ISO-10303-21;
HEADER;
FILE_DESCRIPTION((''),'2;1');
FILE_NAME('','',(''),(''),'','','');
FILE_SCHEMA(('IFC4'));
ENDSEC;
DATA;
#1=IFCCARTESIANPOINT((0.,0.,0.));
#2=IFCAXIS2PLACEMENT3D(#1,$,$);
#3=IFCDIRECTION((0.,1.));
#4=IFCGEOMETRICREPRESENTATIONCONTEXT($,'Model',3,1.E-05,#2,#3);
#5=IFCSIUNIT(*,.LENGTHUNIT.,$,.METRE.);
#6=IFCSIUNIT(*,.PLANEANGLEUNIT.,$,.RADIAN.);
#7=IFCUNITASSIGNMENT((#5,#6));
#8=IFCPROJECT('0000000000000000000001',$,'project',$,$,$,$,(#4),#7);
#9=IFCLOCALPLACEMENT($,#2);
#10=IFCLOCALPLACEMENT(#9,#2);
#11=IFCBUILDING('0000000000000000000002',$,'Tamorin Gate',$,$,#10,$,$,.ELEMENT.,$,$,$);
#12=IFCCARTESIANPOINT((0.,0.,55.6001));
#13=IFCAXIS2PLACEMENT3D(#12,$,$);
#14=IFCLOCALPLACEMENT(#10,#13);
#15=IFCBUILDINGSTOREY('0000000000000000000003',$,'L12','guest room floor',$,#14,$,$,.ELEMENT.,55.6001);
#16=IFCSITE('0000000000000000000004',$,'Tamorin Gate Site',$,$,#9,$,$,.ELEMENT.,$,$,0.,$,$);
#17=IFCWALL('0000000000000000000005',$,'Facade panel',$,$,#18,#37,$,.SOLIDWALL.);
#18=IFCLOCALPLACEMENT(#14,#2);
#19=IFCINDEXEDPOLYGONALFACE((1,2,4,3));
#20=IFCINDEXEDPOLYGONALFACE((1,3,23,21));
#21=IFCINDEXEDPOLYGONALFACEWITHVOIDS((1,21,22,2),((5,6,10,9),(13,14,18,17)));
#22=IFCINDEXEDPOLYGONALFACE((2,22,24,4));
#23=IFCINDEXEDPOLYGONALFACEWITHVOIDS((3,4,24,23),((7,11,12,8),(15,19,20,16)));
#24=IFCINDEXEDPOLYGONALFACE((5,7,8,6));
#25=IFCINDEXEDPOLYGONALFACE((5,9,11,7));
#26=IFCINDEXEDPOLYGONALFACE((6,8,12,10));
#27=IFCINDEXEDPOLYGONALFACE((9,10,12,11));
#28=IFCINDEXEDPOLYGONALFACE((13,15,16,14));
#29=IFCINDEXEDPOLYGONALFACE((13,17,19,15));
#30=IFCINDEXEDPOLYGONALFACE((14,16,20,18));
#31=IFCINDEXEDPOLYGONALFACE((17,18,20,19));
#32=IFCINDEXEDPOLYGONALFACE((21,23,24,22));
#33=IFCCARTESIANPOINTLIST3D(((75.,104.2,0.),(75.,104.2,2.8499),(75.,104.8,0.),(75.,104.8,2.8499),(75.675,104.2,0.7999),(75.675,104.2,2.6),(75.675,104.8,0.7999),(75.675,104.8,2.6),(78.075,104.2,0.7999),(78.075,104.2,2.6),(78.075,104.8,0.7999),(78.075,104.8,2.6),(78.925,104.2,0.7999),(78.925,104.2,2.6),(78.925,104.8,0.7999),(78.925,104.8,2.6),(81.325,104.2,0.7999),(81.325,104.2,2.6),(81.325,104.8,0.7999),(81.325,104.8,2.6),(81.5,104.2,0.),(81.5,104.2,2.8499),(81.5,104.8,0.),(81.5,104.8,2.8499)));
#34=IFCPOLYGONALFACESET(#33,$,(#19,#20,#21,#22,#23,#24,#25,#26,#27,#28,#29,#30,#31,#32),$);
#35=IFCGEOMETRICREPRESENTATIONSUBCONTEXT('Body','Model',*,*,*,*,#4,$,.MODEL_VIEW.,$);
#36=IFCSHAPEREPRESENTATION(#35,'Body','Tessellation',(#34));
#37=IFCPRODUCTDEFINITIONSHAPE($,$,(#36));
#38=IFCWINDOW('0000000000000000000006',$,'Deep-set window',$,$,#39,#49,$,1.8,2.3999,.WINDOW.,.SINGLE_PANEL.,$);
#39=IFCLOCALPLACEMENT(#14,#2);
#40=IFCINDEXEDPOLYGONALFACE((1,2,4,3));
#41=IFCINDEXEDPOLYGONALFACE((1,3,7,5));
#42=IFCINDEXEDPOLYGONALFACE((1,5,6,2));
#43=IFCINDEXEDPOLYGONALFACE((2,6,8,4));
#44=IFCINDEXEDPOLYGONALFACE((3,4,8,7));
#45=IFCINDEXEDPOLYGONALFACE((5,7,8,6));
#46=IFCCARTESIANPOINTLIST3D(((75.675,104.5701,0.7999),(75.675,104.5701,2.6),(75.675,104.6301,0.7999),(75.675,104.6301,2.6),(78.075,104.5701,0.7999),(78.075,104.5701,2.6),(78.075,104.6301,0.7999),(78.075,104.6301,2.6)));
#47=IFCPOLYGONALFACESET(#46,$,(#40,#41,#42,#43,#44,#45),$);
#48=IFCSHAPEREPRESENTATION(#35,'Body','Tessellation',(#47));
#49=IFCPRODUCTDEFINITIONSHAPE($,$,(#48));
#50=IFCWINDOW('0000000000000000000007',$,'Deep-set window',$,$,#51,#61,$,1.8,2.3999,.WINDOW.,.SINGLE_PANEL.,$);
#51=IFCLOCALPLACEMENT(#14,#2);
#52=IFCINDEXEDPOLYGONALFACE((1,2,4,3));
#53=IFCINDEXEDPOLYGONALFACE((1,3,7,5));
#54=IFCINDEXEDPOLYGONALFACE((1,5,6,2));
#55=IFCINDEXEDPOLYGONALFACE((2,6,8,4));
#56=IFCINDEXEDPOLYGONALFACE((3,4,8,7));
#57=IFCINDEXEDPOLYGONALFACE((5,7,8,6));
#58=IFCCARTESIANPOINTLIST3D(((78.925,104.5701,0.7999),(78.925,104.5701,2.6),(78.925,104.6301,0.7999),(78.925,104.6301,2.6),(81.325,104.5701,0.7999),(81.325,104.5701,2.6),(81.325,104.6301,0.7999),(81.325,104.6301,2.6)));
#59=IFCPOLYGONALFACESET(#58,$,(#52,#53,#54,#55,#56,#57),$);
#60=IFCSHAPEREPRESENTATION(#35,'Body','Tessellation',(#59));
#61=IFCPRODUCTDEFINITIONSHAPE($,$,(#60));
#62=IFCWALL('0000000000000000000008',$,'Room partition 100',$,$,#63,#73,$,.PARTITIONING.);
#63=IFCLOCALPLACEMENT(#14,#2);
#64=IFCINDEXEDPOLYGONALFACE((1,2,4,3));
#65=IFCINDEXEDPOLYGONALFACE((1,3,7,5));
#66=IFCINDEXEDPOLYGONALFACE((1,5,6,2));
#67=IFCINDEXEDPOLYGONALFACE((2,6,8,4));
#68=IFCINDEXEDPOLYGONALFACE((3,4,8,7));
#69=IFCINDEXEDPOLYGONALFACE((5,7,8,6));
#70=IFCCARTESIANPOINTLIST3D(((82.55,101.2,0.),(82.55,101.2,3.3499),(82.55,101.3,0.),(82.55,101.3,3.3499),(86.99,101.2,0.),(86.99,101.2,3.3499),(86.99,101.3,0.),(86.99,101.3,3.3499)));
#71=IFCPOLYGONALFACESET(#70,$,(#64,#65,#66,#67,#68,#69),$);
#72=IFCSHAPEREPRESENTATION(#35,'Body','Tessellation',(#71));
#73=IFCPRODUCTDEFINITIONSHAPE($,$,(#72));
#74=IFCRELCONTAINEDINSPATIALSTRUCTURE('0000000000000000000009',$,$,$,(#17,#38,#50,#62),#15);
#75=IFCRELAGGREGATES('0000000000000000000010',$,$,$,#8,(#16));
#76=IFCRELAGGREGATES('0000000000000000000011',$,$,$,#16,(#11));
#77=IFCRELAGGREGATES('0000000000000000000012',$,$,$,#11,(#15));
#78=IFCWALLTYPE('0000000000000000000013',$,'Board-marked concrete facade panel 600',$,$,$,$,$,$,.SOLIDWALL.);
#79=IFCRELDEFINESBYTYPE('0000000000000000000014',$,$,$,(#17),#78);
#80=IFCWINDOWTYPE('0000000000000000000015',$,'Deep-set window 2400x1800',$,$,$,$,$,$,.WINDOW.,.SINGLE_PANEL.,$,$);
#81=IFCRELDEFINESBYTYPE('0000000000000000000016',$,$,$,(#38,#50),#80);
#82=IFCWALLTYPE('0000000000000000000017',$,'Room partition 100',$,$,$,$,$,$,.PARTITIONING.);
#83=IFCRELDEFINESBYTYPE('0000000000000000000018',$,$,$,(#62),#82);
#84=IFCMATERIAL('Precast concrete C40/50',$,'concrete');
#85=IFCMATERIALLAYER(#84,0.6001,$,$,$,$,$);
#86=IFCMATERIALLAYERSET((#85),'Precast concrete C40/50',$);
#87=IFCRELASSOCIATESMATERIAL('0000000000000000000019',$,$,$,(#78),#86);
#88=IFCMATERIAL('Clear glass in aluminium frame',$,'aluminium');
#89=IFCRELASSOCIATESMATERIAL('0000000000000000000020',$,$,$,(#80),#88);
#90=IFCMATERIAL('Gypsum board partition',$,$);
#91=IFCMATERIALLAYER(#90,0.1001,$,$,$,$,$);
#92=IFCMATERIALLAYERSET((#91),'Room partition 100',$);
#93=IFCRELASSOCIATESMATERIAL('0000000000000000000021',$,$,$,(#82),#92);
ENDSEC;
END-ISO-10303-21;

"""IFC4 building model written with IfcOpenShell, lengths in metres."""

from ifc_helpers import new_model, si_unit, direction, frame, frame_2d, origin, place, context, subcontext, project, spatial, rectangle, extrude, material, layer, layer_set, type_object, element, fill, save


model = new_model("IFC4")

# Units and contexts
model_context = context("Model", 3, precision=1e-05, world=origin(), true_north=direction((0.0, 1.0)))
body_context = subcontext(model_context, "Body", "Model", "MODEL_VIEW")
ifc_project = project(units=[si_unit("LENGTHUNIT", "METRE"), si_unit("PLANEANGLEUNIT", "RADIAN")], contexts=[model_context])

# Site, building, storey
site_placement = place(None, origin())
site = spatial("IfcSite", under=ifc_project, at=site_placement, Name="Tamorin Gate Site", CompositionType="ELEMENT", RefElevation=0.0)
building_placement = place(site_placement, origin())
building = spatial("IfcBuilding", under=site, at=building_placement, Name="Tamorin Gate", CompositionType="ELEMENT")
storey_placement = place(building_placement, frame((0.0, 0.0, 55.6001)))
storey = spatial("IfcBuildingStorey", under=building, at=storey_placement, Name="L12", Description="guest room floor", CompositionType="ELEMENT", Elevation=55.6001)

# Shared definitions
ifc_material_1 = material(Name="Precast concrete C40/50", Category="concrete")
ifc_layer_1 = layer(ifc_material_1, 0.6001)
ifc_layer_set_1 = layer_set([ifc_layer_1], Name="Precast concrete C40/50")
wall_type_1 = type_object("IfcWallType", Name="Board-marked concrete facade panel 600", PredefinedType="SOLIDWALL", material=ifc_layer_set_1)
ifc_material_2 = material(Name="Clear glass in aluminium frame", Category="aluminium")
window_type = type_object("IfcWindowType", Name="Deep-set window 2400x1800", PartitioningType="SINGLE_PANEL", PredefinedType="WINDOW", material=ifc_material_2)

# Wall, openings, windows
wall_1_placement = place(storey_placement, frame((81.5, 104.5, 0.0), z_axis=(0.0, 0.0, 1.0), x_axis=(-1.0, 0.0, 0.0)))
wall_1 = element("IfcWall", 1, at=wall_1_placement, inside=storey, type_object=wall_type_1, Name="Facade panel", PredefinedType="SOLIDWALL", context=body_context, shape_type="SweptSolid", body=[
    extrude(rectangle(XDim=6.5, YDim=0.6001, at=frame_2d((3.25, 0.0))), origin(), (0.0, 0.0, 1.0), 2.8499),
])
opening_1_placement = place(wall_1_placement, frame((3.425, 0.0, 0.8)))
opening_1 = element("IfcOpeningElement", 2, at=opening_1_placement, cuts=wall_1, PredefinedType="OPENING", context=body_context, shape_type="SweptSolid", body=[
    extrude(rectangle(XDim=2.3999, YDim=1.8, at=frame_2d((1.2, 0.8999))), frame((0.0, 0.3101, 0.0), z_axis=(0.0, -1.0, 0.0), x_axis=(1.0, 0.0, 0.0)), (0.0, 0.0, 1.0), 0.6201),
])
opening_2_placement = place(wall_1_placement, frame((0.175, 0.0, 0.8)))
opening_2 = element("IfcOpeningElement", 3, at=opening_2_placement, cuts=wall_1, PredefinedType="OPENING", context=body_context, shape_type="SweptSolid", body=[
    extrude(rectangle(XDim=2.3999, YDim=1.8, at=frame_2d((1.2, 0.8999))), frame((0.0, 0.3101, 0.0), z_axis=(0.0, -1.0, 0.0), x_axis=(1.0, 0.0, 0.0)), (0.0, 0.0, 1.0), 0.6201),
])
window_1_placement = place(opening_1_placement, origin())
window_1 = element("IfcWindow", 4, at=window_1_placement, inside=storey, type_object=window_type, Name="Deep-set window", OverallHeight=1.8, OverallWidth=2.3999, PartitioningType="SINGLE_PANEL", PredefinedType="WINDOW", context=body_context, shape_type="SweptSolid", body=[
    extrude(rectangle(XDim=2.3999, YDim=1.8, at=frame_2d((1.2, 0.8999))), frame((0.0, -0.0701, 0.0), z_axis=(0.0, -1.0, 0.0), x_axis=(1.0, 0.0, 0.0)), (0.0, 0.0, 1.0), 0.0601),
])
fill(opening_1, window_1)
window_2_placement = place(opening_2_placement, origin())
window_2 = element("IfcWindow", 5, at=window_2_placement, inside=storey, type_object=window_type, Name="Deep-set window", OverallHeight=1.8, OverallWidth=2.3999, PartitioningType="SINGLE_PANEL", PredefinedType="WINDOW", context=body_context, shape_type="SweptSolid", body=[
    extrude(rectangle(XDim=2.3999, YDim=1.8, at=frame_2d((1.2, 0.8999))), frame((0.0, -0.0701, 0.0), z_axis=(0.0, -1.0, 0.0), x_axis=(1.0, 0.0, 0.0)), (0.0, 0.0, 1.0), 0.0601),
])
fill(opening_2, window_2)

# Wall
ifc_material_3 = material(Name="Gypsum board partition")
ifc_layer_2 = layer(ifc_material_3, 0.1001)
ifc_layer_set_2 = layer_set([ifc_layer_2], Name="Room partition 100")
wall_type_2 = type_object("IfcWallType", Name="Room partition 100", PredefinedType="PARTITIONING", material=ifc_layer_set_2)
wall_2_placement = place(storey_placement, frame((82.55, 101.25, 0.0), z_axis=(0.0, 0.0, 1.0), x_axis=(1.0, 0.0, 0.0)))
element("IfcWall", 6, at=wall_2_placement, inside=storey, type_object=wall_type_2, Name="Room partition 100", PredefinedType="PARTITIONING", context=body_context, shape_type="SweptSolid", body=[
    extrude(rectangle(XDim=4.4399, YDim=0.1001, at=frame_2d((2.22, 0.0))), origin(), (0.0, 0.0, 1.0), 3.3499),
])

save(model, "model.ifc")
